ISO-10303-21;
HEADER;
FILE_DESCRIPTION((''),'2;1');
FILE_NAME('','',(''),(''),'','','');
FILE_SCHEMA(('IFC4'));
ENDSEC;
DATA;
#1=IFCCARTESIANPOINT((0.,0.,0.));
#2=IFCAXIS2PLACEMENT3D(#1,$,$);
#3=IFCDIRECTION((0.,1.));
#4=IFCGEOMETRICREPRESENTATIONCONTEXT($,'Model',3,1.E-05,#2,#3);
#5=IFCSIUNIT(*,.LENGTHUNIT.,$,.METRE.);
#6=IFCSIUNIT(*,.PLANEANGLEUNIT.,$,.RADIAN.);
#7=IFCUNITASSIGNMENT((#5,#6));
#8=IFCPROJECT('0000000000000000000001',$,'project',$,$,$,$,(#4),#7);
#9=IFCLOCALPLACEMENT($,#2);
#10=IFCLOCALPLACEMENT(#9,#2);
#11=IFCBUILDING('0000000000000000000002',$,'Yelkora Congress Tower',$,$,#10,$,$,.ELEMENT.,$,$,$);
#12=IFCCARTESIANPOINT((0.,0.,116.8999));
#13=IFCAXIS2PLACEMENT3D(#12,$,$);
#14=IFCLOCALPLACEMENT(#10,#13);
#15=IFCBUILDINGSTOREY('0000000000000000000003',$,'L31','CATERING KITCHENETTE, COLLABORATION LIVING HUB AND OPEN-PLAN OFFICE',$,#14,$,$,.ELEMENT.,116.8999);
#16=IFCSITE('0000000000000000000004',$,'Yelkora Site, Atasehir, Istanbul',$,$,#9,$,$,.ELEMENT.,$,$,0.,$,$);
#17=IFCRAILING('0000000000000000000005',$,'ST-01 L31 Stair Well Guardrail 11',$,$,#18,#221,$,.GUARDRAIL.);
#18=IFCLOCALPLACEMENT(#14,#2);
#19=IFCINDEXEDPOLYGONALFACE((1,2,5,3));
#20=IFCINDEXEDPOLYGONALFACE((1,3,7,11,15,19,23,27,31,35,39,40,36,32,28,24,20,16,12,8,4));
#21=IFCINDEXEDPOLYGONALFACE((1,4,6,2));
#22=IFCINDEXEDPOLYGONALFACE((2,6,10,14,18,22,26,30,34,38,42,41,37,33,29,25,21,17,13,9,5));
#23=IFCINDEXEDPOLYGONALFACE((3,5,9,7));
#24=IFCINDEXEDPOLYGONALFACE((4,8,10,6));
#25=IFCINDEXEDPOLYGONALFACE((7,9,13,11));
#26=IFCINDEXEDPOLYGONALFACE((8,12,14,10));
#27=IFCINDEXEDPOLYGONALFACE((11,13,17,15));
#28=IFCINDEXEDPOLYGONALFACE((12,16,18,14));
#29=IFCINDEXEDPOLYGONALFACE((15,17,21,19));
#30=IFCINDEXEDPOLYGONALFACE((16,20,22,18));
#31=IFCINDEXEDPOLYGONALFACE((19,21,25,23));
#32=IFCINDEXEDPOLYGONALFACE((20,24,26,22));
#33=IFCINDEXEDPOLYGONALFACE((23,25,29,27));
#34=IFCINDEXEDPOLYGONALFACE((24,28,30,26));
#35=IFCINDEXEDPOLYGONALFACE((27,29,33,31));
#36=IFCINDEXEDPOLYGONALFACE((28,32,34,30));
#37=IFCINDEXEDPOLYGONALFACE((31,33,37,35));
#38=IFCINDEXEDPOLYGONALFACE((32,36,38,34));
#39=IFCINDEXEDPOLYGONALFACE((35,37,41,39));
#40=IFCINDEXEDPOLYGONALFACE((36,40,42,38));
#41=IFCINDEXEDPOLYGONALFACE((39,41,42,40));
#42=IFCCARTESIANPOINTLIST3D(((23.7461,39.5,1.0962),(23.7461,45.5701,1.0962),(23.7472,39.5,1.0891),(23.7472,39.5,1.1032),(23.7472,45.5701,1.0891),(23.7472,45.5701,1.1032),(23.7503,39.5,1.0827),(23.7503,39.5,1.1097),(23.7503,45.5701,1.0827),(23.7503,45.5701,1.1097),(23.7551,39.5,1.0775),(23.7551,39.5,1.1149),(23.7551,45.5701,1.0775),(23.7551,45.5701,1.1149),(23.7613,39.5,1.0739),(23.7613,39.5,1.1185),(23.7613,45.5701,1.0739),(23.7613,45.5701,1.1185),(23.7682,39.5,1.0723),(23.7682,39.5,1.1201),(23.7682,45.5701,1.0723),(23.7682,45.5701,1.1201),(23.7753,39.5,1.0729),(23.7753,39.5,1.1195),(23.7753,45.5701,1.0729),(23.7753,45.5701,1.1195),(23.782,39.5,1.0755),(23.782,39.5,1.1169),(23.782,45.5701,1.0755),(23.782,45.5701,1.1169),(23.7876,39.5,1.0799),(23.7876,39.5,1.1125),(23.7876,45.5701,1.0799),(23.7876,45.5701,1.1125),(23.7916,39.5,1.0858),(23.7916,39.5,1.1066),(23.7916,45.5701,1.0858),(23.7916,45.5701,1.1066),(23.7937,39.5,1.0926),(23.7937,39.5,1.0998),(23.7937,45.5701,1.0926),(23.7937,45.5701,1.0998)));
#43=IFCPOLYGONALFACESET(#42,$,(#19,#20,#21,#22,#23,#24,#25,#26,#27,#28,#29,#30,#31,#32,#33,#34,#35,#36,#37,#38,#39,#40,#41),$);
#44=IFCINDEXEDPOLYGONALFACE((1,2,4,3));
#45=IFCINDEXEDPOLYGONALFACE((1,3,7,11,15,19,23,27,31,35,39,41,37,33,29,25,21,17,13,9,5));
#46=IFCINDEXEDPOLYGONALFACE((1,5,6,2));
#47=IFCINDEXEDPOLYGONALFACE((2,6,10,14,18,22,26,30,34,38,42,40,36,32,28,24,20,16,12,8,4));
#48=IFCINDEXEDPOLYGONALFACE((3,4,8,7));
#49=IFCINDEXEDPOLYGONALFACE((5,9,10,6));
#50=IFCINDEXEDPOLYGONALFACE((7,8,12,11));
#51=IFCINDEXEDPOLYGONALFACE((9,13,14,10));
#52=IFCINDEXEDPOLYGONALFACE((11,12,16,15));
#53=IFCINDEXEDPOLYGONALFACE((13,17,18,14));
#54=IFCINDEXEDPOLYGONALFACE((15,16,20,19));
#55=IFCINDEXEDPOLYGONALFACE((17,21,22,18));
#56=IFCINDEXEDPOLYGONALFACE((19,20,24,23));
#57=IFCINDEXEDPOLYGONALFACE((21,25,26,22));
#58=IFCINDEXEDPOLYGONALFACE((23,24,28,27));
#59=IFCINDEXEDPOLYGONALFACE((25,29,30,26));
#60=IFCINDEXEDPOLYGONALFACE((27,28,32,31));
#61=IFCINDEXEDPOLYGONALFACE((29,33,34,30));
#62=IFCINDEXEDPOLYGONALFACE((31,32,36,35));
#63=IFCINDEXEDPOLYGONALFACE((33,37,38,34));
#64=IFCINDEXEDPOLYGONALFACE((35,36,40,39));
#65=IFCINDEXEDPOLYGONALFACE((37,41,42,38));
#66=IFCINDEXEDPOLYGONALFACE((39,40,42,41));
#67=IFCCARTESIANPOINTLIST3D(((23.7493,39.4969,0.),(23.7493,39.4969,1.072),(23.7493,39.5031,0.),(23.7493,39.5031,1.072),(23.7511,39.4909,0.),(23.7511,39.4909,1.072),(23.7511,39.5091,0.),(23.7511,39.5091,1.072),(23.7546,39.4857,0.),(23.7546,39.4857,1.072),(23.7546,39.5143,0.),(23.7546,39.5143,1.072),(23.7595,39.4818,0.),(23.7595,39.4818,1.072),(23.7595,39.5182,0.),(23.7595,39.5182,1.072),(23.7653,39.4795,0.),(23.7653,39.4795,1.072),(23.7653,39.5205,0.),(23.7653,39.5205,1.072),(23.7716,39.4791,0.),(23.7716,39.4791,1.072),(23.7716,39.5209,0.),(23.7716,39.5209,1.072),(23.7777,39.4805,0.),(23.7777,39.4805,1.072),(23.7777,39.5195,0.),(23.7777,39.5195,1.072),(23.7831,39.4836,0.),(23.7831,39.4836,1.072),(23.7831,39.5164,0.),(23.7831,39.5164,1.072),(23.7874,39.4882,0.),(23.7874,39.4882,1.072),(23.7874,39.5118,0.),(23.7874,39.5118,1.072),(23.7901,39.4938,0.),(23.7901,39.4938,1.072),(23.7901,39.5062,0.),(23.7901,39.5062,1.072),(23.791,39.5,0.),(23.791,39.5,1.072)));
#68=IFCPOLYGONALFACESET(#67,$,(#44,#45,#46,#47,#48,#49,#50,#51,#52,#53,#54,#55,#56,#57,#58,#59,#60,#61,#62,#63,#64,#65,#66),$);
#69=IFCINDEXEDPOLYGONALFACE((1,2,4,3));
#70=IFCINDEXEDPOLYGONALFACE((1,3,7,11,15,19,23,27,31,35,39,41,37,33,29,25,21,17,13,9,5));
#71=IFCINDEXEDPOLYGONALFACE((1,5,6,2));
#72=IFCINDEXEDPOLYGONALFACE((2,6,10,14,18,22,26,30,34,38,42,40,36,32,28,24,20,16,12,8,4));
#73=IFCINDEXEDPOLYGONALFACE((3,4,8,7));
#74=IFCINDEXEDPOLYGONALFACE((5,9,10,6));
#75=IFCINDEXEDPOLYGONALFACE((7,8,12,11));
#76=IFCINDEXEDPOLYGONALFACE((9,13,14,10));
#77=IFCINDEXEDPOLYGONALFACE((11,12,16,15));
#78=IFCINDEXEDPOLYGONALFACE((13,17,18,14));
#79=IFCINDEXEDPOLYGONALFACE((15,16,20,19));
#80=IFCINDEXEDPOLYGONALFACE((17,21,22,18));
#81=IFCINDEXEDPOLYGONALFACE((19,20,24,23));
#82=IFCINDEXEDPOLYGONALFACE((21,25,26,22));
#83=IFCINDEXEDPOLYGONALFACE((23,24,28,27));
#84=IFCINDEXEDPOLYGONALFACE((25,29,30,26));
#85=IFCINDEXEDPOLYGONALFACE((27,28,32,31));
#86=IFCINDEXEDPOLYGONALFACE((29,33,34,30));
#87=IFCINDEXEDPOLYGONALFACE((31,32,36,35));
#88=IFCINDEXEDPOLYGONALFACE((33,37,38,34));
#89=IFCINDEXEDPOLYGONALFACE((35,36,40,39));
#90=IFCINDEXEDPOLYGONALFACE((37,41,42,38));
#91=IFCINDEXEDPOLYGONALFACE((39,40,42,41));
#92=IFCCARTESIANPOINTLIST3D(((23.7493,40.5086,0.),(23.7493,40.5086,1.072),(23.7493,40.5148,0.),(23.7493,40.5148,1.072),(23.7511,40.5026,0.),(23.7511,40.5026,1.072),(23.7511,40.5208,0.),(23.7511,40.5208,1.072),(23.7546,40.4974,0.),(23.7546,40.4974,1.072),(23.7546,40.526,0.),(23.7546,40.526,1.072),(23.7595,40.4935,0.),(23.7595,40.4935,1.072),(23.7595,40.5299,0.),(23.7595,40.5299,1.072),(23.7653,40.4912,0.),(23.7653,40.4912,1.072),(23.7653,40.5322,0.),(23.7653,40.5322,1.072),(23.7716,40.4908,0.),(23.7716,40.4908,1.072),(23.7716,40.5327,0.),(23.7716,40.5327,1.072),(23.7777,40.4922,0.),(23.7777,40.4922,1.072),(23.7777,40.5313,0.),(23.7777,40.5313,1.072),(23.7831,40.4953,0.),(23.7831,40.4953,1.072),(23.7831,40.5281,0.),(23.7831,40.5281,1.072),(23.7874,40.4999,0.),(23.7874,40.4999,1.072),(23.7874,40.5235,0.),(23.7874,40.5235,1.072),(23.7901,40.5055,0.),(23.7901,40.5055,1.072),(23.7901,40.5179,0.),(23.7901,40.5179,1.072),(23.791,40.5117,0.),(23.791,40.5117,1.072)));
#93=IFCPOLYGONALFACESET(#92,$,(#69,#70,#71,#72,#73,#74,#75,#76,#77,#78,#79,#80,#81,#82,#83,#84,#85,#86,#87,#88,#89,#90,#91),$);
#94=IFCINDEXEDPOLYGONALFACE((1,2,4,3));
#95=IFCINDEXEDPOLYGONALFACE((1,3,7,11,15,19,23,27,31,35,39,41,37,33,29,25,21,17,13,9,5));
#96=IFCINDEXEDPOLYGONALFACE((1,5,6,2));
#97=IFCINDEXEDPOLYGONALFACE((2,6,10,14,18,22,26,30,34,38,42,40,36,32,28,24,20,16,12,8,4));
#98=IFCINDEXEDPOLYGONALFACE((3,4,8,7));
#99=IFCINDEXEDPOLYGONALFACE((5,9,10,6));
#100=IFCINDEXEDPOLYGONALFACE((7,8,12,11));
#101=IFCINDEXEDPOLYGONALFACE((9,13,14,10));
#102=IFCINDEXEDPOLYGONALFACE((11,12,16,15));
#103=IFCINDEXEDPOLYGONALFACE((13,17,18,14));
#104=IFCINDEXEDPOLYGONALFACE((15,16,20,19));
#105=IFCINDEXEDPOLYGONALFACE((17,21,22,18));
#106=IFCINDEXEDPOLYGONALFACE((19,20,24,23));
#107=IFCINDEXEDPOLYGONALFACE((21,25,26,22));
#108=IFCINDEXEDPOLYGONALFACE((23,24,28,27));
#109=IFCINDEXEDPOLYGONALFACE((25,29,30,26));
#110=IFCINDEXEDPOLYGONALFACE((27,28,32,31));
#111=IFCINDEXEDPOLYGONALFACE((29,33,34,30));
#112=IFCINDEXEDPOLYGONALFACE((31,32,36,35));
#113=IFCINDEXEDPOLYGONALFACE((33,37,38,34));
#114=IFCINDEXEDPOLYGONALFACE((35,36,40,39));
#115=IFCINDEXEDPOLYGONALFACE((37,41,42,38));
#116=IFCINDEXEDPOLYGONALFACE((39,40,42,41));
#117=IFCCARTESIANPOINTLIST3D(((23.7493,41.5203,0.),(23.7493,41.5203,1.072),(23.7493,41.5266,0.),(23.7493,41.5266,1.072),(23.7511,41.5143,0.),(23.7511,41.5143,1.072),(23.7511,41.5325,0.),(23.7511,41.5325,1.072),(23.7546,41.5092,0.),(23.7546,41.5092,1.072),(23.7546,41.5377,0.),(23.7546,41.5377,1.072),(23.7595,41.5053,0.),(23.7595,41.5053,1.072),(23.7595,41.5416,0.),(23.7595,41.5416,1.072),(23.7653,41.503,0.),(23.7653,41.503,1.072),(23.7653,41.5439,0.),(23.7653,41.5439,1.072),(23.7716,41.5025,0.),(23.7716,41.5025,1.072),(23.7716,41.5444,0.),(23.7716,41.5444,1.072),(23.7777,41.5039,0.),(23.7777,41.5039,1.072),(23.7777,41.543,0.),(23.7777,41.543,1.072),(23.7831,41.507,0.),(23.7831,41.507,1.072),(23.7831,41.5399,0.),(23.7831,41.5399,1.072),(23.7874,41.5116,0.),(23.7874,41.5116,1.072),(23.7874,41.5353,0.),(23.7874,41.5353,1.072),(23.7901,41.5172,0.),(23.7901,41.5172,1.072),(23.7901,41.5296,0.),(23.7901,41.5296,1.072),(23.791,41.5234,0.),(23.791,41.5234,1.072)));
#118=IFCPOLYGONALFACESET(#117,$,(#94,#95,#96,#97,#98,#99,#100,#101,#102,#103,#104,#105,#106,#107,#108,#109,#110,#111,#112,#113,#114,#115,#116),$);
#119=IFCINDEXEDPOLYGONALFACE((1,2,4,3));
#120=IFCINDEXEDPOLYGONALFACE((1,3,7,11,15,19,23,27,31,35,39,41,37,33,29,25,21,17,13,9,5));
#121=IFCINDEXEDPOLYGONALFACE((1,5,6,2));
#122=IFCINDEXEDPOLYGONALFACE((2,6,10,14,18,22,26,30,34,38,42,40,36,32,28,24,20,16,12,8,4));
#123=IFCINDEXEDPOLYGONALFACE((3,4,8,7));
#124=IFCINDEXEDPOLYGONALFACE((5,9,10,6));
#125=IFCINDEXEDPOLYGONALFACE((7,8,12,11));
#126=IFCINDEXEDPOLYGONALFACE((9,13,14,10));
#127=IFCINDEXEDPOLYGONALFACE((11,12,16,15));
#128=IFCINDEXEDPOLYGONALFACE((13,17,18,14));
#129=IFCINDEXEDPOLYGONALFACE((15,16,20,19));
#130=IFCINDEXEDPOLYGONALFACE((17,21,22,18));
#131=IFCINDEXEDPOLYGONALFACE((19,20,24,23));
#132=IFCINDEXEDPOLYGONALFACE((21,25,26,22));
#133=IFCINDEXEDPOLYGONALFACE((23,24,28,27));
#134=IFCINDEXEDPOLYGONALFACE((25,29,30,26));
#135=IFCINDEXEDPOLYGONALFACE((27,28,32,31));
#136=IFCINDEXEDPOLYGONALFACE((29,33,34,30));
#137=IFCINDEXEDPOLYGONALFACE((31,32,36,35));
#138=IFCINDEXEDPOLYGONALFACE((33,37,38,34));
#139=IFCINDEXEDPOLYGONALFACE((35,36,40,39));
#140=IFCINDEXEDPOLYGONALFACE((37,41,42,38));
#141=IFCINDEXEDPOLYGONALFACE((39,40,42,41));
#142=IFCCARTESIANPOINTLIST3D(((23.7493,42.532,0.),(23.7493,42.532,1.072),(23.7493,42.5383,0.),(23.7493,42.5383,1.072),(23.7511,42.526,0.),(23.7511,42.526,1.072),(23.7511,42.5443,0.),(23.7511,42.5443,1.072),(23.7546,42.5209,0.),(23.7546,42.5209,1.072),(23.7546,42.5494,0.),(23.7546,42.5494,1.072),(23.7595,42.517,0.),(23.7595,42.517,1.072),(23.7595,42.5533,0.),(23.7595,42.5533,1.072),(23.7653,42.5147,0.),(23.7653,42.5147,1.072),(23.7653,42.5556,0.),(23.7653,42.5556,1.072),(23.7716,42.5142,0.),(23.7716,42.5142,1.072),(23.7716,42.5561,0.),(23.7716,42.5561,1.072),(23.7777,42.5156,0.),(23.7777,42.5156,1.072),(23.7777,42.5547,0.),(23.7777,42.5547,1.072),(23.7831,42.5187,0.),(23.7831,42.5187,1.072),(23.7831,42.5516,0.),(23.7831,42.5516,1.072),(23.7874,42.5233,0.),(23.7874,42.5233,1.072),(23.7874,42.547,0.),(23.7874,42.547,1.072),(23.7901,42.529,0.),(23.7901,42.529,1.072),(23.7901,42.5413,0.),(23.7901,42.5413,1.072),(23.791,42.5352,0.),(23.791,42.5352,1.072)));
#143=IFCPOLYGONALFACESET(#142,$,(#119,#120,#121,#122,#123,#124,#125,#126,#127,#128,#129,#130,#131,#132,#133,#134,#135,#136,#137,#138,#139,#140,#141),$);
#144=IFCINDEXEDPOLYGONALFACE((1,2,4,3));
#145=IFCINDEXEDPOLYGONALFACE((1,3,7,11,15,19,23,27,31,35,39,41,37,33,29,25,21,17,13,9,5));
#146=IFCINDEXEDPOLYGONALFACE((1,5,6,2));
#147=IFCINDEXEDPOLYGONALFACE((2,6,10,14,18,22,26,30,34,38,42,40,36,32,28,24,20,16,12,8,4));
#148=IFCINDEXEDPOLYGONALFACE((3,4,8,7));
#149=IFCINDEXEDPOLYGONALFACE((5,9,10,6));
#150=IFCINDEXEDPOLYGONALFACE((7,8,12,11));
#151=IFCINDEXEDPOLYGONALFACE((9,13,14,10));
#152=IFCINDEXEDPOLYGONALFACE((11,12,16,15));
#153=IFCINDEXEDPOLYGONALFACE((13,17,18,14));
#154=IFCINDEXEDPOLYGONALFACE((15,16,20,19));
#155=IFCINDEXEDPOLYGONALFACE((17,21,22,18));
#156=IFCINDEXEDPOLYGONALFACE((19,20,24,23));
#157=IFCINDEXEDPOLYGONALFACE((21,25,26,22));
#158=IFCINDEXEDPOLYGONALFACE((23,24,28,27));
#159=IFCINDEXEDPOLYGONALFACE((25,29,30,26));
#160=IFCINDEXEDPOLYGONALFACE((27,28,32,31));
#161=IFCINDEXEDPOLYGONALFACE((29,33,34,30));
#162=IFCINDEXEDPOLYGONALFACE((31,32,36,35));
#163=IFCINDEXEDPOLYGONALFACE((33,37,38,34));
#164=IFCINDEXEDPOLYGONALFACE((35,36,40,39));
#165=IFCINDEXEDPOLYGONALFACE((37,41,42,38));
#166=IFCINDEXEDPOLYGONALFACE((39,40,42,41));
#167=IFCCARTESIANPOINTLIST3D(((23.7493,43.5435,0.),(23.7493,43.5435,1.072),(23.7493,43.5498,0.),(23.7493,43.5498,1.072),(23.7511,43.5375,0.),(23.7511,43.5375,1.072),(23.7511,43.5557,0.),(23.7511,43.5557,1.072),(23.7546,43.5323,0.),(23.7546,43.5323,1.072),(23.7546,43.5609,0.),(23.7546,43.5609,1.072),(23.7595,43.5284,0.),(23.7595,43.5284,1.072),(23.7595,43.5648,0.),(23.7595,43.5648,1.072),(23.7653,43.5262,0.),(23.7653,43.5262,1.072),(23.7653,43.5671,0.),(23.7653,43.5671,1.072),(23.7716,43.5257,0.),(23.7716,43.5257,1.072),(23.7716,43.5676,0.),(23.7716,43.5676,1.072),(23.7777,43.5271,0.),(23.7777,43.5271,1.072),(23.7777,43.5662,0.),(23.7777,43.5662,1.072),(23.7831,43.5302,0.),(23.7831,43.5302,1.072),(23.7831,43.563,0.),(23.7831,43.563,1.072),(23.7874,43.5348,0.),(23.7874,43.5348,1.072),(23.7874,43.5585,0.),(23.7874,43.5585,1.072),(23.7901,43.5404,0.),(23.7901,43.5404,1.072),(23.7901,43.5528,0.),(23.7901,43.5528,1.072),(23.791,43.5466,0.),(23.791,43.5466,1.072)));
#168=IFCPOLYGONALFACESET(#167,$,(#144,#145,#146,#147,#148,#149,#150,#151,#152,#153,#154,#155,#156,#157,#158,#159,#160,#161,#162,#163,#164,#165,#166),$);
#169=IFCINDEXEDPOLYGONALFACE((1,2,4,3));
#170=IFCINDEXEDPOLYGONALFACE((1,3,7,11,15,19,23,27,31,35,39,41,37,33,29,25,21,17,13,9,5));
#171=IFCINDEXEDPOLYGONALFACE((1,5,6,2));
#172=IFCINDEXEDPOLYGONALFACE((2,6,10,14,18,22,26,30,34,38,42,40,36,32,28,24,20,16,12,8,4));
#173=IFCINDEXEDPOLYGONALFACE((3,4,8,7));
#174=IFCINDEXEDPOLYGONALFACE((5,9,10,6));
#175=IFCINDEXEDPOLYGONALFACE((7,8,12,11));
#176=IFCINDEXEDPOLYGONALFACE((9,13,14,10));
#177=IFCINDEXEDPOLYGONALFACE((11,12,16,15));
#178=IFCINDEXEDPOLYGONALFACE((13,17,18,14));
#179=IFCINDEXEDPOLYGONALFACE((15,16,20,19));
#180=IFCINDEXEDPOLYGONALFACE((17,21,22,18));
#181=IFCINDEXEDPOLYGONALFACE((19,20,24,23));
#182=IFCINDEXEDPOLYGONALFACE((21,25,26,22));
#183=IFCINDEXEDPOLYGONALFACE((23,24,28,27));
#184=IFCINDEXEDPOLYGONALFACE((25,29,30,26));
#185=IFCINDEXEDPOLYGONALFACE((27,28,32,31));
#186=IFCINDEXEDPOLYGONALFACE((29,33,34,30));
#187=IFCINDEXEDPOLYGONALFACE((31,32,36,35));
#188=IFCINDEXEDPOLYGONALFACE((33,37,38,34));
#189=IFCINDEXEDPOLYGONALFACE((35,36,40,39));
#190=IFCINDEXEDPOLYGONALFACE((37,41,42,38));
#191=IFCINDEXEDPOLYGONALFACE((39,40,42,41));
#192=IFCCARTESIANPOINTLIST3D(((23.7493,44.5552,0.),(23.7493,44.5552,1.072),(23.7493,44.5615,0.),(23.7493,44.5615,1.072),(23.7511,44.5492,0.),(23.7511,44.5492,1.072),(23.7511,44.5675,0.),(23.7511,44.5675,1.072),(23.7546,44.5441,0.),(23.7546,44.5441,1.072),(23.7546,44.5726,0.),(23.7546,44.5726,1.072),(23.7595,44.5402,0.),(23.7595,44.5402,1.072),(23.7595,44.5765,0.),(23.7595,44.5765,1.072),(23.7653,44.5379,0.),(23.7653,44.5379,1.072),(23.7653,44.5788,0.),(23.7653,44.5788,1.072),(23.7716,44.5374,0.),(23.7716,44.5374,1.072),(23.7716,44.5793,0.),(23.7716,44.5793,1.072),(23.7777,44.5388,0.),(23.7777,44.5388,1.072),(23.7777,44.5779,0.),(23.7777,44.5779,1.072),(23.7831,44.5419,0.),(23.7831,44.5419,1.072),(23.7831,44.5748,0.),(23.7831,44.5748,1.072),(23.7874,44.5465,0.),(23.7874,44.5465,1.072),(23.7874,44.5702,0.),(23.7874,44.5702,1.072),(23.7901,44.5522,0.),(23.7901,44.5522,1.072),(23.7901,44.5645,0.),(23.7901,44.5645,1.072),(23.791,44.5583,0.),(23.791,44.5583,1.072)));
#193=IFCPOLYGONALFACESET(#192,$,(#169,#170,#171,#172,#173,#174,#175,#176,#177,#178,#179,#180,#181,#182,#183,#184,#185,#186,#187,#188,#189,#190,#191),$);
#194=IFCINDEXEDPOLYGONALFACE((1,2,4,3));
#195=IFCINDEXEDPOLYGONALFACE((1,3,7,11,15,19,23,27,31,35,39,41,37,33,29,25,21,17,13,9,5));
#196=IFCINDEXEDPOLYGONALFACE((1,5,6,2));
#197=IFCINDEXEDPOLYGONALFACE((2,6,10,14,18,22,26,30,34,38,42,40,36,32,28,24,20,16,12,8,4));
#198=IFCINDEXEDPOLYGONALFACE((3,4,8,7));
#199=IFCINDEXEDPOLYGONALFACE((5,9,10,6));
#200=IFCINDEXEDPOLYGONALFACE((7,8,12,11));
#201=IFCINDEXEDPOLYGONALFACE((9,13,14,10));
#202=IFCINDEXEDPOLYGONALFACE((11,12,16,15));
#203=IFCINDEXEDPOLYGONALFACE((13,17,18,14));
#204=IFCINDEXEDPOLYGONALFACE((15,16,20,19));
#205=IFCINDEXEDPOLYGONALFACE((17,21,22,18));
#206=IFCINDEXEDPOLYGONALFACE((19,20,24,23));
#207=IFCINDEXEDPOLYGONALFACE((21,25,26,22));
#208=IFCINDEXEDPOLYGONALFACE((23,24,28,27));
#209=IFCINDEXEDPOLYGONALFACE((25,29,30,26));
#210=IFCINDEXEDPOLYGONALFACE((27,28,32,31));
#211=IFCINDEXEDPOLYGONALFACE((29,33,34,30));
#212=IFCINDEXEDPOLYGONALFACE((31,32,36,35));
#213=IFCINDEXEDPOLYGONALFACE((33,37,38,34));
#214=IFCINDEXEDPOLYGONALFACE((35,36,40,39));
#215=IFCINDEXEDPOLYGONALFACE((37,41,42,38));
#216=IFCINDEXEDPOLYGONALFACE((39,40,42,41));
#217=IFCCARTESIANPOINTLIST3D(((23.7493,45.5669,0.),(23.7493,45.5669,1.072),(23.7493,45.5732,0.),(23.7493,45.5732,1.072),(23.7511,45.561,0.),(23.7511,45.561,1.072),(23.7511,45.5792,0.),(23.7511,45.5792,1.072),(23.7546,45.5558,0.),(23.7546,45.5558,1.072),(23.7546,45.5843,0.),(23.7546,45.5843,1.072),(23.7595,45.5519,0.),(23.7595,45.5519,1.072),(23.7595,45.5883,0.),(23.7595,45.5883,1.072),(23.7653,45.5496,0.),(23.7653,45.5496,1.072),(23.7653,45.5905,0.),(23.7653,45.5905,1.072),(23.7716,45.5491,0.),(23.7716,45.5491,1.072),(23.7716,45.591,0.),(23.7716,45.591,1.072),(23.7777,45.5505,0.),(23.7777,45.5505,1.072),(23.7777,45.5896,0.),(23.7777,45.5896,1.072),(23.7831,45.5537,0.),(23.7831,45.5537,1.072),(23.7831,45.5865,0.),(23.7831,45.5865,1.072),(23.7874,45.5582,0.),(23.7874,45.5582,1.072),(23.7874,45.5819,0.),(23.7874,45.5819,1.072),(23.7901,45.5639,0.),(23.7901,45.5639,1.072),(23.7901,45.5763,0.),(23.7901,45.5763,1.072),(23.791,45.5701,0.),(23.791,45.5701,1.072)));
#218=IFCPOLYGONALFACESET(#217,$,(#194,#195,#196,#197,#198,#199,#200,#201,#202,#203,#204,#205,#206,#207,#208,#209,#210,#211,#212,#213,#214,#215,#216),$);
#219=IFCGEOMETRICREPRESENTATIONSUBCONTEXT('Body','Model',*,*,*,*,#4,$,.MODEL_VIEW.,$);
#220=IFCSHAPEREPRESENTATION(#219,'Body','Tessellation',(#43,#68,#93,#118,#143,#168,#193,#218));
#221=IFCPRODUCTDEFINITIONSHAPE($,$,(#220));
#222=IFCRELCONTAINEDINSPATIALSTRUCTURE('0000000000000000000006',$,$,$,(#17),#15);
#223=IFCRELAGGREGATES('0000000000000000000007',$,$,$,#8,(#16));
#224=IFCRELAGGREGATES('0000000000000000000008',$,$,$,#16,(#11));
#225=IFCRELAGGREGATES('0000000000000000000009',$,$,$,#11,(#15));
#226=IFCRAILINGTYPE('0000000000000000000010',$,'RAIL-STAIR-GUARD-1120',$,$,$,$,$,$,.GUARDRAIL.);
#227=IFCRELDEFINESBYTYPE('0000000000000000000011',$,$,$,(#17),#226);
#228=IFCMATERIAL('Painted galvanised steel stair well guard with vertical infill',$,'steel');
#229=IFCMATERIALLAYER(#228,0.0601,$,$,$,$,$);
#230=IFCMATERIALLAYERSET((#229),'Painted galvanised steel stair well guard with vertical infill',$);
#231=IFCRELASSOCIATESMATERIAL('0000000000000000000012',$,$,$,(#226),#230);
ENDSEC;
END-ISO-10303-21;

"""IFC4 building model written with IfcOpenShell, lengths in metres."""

from ifc_helpers import new_model, si_unit, direction, frame, origin, origin_2d, place, context, subcontext, project, spatial, circle, extrude, material, layer, layer_set, type_object, element, save


model = new_model("IFC4")

# Units and contexts
model_context = context("Model", 3, precision=1e-05, world=origin(), true_north=direction((0.0, 1.0)))
body_context = subcontext(model_context, "Body", "Model", "MODEL_VIEW")
ifc_project = project(units=[si_unit("LENGTHUNIT", "METRE"), si_unit("PLANEANGLEUNIT", "RADIAN")], contexts=[model_context])

# Site, building, storey
site_placement = place(None, origin())
site = spatial("IfcSite", under=ifc_project, at=site_placement, Name="Yelkora Site, Atasehir, Istanbul", CompositionType="ELEMENT", RefElevation=0.0)
building_placement = place(site_placement, origin())
building = spatial("IfcBuilding", under=site, at=building_placement, Name="Yelkora Congress Tower", CompositionType="ELEMENT")
storey_placement = place(building_placement, frame((0.0, 0.0, 116.8999)))
storey = spatial("IfcBuildingStorey", under=building, at=storey_placement, Name="L31", Description="CATERING KITCHENETTE, COLLABORATION LIVING HUB AND OPEN-PLAN OFFICE", CompositionType="ELEMENT", Elevation=116.8999)

# Railing
ifc_material_1 = material(Name="Painted galvanised steel stair well guard with vertical infill", Category="steel")
ifc_layer_1 = layer(ifc_material_1, 0.0601)
ifc_layer_set_1 = layer_set([ifc_layer_1], Name="Painted galvanised steel stair well guard with vertical infill")
railing_type_1 = type_object("IfcRailingType", Name="RAIL-STAIR-GUARD-1120", PredefinedType="GUARDRAIL", material=ifc_layer_set_1)
railing_1_placement = place(storey_placement, frame((23.77, 39.5, 0.0)))
element("IfcRailing", 1, at=railing_1_placement, inside=storey, type_object=railing_type_1, Name="ST-01 L31 Stair Well Guardrail 11", PredefinedType="GUARDRAIL", context=body_context, shape_type="SweptSolid", body=[
    extrude(circle(Radius=0.0239, at=origin_2d()), frame((0.0, 0.0, 1.0962), z_axis=(0.0, 1.0, 0.0), x_axis=(-1.0, 0.0, 0.0)), (0.0, 0.0, 1.0), 6.0701),
    extrude(circle(Radius=0.021, at=origin_2d()), origin(), (0.0, 0.0, 1.0), 1.072),
    extrude(circle(Radius=0.021, at=origin_2d()), frame((0.0, 1.0117, 0.0)), (0.0, 0.0, 1.0), 1.072),
    extrude(circle(Radius=0.021, at=origin_2d()), frame((0.0, 2.0234, 0.0)), (0.0, 0.0, 1.0), 1.072),
    extrude(circle(Radius=0.021, at=origin_2d()), frame((0.0, 3.0352, 0.0)), (0.0, 0.0, 1.0), 1.072),
    extrude(circle(Radius=0.021, at=origin_2d()), frame((0.0, 4.0466, 0.0)), (0.0, 0.0, 1.0), 1.072),
    extrude(circle(Radius=0.021, at=origin_2d()), frame((0.0, 5.0583, 0.0)), (0.0, 0.0, 1.0), 1.072),
    extrude(circle(Radius=0.021, at=origin_2d()), frame((0.0, 6.0701, 0.0)), (0.0, 0.0, 1.0), 1.072),
])

save(model, "model.ifc")
